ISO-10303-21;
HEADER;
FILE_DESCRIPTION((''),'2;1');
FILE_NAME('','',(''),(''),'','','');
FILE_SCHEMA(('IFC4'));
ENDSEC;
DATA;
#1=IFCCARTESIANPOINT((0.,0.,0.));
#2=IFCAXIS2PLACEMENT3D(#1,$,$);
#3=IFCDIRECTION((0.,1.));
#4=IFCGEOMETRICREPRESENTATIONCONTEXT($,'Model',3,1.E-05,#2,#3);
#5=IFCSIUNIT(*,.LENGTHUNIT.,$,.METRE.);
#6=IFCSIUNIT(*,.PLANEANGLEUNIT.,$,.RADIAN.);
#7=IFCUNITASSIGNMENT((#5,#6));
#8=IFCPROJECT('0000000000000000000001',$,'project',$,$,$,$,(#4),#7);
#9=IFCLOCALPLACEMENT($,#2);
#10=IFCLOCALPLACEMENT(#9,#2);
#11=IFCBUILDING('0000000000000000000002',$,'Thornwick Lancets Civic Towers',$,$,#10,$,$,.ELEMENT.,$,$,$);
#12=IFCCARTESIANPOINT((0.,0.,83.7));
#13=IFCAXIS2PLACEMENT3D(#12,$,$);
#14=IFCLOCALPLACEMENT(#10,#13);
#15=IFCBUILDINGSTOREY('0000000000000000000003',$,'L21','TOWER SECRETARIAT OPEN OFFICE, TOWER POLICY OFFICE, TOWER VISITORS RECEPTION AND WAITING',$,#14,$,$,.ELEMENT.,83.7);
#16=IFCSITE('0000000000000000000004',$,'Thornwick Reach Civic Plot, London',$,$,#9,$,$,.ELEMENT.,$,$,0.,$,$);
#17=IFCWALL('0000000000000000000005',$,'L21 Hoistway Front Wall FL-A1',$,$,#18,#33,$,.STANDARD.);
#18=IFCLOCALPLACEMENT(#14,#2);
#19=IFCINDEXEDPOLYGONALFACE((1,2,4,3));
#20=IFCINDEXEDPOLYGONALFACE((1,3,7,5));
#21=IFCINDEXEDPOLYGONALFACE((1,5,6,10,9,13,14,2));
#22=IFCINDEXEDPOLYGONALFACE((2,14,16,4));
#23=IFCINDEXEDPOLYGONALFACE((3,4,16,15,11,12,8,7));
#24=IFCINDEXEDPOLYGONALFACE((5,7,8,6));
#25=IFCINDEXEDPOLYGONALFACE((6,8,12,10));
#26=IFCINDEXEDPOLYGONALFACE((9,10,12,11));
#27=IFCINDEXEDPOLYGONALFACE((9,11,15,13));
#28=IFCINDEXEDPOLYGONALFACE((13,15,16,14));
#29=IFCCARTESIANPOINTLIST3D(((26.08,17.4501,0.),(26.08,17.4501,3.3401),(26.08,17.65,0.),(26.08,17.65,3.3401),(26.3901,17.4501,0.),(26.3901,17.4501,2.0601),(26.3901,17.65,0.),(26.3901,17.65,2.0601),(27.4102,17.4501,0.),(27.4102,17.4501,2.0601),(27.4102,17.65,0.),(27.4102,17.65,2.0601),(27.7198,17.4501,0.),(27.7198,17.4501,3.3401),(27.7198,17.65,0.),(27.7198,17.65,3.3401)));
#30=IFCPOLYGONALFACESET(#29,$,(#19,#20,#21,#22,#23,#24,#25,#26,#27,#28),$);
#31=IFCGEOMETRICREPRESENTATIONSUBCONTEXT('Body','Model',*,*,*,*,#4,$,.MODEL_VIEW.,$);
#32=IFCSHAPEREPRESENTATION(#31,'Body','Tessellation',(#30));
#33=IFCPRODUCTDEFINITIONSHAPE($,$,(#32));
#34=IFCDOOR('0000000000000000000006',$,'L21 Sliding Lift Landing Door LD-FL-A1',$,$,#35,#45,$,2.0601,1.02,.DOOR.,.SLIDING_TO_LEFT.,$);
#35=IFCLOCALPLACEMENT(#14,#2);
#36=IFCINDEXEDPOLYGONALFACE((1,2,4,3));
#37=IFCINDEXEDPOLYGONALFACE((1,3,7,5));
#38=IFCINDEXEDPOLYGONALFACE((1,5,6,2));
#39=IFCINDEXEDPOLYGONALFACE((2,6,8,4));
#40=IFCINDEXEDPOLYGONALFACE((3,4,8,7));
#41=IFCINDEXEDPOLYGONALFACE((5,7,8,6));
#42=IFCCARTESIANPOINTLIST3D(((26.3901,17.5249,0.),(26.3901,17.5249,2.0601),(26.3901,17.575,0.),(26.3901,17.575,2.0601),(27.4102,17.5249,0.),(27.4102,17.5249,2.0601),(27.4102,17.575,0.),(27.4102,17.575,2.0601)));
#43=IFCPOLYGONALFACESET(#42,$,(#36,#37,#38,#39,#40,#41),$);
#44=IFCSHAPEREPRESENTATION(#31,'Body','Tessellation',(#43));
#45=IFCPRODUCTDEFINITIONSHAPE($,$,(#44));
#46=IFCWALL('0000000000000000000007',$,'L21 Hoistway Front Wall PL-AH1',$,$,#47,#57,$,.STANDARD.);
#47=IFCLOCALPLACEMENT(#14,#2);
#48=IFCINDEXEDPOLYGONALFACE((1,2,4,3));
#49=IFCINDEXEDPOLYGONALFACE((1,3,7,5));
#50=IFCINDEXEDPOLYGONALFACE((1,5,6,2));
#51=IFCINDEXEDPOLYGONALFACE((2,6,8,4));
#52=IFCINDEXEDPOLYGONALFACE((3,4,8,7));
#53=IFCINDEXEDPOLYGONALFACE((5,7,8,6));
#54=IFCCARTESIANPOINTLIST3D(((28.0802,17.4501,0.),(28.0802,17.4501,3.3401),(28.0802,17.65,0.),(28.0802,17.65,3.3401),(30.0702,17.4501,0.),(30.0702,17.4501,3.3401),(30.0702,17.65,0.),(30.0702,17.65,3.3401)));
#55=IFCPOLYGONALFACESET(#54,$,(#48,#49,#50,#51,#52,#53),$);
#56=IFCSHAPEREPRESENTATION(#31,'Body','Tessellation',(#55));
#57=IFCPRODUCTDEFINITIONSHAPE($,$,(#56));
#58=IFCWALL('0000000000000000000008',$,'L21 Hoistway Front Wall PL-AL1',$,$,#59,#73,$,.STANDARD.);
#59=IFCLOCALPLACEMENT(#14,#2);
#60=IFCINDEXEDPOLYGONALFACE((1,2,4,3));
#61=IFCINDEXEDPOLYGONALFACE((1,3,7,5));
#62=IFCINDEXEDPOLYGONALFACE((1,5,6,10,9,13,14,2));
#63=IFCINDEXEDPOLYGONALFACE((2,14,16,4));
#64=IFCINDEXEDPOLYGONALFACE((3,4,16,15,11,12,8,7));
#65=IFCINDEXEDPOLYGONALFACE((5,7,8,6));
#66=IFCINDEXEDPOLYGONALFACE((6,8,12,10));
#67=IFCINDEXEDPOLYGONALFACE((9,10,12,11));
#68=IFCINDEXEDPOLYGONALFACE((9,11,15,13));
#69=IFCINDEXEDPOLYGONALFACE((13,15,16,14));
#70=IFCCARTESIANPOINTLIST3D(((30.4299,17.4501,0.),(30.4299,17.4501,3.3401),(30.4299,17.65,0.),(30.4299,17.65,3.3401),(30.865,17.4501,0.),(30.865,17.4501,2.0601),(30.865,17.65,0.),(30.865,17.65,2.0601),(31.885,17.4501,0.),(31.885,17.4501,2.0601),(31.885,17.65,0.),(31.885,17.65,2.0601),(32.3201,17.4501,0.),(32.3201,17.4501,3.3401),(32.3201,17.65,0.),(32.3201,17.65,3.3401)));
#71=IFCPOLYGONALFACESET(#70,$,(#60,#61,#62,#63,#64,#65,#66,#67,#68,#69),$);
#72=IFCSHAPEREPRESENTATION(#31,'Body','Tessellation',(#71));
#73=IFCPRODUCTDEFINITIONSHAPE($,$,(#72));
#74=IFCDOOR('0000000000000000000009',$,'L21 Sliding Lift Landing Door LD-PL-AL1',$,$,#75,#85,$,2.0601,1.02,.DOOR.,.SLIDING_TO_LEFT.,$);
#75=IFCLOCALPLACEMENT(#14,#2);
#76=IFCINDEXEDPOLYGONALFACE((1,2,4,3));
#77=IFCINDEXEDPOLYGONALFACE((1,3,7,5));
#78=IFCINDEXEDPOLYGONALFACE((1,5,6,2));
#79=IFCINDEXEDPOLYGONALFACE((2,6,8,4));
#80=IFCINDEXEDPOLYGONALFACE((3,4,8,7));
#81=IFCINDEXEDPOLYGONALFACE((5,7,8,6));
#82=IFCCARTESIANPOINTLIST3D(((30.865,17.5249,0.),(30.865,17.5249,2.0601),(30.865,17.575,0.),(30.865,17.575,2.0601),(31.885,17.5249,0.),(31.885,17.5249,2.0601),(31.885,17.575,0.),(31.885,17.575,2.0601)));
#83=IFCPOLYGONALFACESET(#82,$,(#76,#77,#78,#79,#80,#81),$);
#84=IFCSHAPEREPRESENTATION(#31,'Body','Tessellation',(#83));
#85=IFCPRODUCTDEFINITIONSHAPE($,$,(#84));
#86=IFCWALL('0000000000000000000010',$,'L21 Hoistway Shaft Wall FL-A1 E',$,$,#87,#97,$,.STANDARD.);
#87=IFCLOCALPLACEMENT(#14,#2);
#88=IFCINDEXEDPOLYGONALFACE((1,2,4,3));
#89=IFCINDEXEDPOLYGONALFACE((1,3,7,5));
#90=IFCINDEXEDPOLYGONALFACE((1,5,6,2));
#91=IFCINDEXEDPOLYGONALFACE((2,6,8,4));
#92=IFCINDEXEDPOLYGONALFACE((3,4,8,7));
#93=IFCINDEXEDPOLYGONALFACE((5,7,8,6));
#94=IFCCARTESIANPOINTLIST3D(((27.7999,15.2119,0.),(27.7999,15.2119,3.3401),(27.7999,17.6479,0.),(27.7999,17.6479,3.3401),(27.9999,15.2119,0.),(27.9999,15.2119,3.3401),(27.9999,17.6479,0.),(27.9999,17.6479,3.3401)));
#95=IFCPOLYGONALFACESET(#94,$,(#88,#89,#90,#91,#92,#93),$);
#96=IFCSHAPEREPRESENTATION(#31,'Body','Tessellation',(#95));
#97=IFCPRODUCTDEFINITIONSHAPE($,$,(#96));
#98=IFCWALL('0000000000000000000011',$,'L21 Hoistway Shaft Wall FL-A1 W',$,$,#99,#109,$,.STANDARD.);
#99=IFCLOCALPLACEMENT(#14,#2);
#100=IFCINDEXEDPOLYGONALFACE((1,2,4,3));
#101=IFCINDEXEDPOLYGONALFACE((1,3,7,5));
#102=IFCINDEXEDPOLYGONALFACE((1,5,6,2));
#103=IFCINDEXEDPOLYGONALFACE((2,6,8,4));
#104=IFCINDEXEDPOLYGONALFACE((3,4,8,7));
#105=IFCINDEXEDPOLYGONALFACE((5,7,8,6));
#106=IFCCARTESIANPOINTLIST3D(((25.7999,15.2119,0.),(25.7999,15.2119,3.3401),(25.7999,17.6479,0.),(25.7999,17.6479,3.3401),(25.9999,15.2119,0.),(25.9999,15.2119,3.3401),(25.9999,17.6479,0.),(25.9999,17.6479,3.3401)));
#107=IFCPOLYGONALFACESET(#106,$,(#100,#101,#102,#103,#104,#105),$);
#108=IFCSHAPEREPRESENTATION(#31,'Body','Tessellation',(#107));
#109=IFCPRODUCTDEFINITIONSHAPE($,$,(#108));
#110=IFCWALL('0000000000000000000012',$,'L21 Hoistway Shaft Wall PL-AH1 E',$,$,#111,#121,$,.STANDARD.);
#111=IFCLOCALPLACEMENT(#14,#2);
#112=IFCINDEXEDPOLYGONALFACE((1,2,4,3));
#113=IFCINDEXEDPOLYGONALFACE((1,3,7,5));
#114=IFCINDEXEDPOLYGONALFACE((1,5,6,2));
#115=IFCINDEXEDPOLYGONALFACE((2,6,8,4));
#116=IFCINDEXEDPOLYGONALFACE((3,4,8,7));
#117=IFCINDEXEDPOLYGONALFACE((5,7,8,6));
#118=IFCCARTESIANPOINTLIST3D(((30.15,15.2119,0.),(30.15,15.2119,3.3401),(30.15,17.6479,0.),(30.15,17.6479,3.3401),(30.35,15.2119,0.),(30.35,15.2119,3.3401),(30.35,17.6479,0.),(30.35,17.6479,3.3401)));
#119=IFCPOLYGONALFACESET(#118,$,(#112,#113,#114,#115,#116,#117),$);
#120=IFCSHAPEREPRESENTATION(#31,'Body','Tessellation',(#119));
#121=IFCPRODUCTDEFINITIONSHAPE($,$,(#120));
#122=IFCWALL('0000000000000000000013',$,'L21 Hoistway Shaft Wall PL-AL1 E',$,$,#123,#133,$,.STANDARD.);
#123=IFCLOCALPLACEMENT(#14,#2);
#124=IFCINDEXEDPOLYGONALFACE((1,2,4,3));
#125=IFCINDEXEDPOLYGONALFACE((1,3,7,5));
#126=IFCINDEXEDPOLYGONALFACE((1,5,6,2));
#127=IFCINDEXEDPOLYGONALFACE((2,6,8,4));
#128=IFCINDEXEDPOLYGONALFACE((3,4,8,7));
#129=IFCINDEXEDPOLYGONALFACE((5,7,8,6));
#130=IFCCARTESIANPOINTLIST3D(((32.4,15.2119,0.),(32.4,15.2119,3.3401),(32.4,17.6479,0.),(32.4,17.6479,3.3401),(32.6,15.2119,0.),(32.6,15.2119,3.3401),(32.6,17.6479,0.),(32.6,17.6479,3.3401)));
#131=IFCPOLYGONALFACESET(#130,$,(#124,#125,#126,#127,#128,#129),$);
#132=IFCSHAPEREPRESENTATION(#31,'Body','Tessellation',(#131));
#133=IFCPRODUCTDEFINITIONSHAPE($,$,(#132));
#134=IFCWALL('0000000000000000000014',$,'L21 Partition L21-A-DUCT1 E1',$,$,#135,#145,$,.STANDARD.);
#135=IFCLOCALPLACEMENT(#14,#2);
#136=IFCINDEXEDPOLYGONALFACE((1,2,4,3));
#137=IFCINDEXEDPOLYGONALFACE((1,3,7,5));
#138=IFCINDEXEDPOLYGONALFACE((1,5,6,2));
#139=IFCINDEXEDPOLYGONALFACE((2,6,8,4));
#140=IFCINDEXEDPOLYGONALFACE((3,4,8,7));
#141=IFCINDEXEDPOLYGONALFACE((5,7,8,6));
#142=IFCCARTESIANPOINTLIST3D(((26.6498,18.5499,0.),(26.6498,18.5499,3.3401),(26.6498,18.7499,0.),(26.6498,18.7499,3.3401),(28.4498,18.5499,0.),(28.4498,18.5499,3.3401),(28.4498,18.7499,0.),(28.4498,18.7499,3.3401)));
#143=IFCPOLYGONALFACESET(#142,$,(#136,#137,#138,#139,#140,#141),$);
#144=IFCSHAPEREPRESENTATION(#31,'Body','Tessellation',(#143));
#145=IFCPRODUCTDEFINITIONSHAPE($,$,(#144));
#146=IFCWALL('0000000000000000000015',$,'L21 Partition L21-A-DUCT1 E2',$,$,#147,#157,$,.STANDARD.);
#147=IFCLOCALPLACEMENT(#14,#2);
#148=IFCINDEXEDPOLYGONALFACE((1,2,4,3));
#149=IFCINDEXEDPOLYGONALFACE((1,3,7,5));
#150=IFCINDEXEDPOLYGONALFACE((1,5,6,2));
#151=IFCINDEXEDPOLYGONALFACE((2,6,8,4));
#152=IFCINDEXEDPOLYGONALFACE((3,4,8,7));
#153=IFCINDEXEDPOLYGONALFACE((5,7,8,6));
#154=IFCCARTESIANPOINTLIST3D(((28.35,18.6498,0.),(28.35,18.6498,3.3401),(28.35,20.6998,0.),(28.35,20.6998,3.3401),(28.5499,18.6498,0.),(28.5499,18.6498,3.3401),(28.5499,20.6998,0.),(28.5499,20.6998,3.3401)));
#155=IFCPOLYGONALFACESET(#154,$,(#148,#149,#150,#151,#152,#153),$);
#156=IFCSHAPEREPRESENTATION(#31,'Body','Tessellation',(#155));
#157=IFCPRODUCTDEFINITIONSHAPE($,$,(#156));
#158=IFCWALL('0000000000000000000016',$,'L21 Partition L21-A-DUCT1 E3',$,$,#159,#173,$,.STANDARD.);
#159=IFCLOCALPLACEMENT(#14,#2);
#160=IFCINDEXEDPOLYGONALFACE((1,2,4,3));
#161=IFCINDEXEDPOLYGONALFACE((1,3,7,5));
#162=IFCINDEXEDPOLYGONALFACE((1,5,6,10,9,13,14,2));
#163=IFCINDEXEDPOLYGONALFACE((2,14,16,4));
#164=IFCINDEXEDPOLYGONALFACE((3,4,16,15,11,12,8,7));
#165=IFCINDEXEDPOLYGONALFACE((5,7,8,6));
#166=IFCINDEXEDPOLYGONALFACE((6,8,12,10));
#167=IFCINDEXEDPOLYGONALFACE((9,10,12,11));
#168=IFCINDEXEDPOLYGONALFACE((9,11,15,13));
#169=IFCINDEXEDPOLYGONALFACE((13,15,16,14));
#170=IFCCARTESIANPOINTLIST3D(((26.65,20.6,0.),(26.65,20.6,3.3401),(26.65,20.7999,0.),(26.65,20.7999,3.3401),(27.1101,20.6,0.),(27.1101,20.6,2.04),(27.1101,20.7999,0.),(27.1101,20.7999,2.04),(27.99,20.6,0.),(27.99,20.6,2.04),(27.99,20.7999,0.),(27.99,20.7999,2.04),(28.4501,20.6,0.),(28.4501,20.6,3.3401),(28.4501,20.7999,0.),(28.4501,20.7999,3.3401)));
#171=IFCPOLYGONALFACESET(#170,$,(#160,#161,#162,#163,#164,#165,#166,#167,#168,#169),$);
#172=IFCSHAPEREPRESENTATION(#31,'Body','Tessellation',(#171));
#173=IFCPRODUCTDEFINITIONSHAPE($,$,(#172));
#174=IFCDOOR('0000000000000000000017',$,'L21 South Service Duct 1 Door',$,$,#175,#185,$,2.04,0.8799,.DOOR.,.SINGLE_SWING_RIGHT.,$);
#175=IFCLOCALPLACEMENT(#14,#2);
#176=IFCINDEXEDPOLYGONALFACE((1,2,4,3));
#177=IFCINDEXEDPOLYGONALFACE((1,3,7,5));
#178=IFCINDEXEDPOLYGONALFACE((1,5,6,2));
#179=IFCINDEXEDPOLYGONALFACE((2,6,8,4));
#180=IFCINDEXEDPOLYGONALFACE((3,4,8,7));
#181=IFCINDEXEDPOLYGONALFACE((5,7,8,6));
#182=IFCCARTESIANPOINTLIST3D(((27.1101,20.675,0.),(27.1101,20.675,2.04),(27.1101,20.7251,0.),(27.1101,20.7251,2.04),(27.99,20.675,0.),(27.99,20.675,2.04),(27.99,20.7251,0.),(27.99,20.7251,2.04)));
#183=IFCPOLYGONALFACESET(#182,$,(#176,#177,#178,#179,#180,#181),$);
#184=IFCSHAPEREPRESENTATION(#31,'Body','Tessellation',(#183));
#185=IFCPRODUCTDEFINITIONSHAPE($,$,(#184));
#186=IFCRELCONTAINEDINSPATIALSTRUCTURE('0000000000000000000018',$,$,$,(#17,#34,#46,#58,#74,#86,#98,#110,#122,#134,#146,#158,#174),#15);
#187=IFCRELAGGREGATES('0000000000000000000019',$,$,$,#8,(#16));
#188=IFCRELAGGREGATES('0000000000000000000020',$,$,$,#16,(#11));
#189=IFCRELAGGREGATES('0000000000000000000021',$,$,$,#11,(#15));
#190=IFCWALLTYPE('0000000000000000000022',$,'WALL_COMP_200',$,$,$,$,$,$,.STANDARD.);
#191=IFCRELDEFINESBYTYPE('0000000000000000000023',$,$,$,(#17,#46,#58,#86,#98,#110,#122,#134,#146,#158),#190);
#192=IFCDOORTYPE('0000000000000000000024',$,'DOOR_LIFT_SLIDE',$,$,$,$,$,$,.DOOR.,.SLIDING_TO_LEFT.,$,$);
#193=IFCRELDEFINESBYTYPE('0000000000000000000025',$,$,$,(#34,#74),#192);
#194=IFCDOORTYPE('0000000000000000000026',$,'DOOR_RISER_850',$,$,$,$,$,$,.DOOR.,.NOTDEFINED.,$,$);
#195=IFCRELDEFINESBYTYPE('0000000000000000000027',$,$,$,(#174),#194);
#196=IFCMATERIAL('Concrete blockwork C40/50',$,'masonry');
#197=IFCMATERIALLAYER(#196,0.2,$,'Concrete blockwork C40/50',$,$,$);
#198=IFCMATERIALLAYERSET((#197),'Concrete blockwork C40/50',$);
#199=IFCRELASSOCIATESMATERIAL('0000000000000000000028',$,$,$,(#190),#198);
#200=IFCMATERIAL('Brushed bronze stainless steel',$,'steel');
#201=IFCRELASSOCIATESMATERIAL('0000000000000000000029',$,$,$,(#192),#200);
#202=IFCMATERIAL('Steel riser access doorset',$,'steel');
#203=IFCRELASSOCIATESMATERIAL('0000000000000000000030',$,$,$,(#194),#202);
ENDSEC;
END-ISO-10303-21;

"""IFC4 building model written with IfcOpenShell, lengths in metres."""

from ifc_helpers import new_model, si_unit, direction, frame, frame_2d, origin, place, context, subcontext, project, spatial, rectangle, extrude, material, layer, layer_set, type_object, element, fill, save


model = new_model("IFC4")

# Units and contexts
model_context = context("Model", 3, precision=1e-05, world=origin(), true_north=direction((0.0, 1.0)))
body_context = subcontext(model_context, "Body", "Model", "MODEL_VIEW")
ifc_project = project(units=[si_unit("LENGTHUNIT", "METRE"), si_unit("PLANEANGLEUNIT", "RADIAN")], contexts=[model_context])

# Site, building, storey
site_placement = place(None, origin())
site = spatial("IfcSite", under=ifc_project, at=site_placement, Name="Thornwick Reach Civic Plot, London", CompositionType="ELEMENT", RefElevation=0.0)
building_placement = place(site_placement, origin())
building = spatial("IfcBuilding", under=site, at=building_placement, Name="Thornwick Lancets Civic Towers", CompositionType="ELEMENT")
storey_placement = place(building_placement, frame((0.0, 0.0, 83.7)))
storey = spatial("IfcBuildingStorey", under=building, at=storey_placement, Name="L21", Description="TOWER SECRETARIAT OPEN OFFICE, TOWER POLICY OFFICE, TOWER VISITORS RECEPTION AND WAITING", CompositionType="ELEMENT", Elevation=83.7)

# Wall, opening, door
ifc_material_1 = material(Name="Concrete blockwork C40/50", Category="masonry")
ifc_layer_1 = layer(ifc_material_1, 0.2, Name="Concrete blockwork C40/50")
ifc_layer_set_1 = layer_set([ifc_layer_1], Name="Concrete blockwork C40/50")
wall_type_1 = type_object("IfcWallType", Name="WALL_COMP_200", PredefinedType="STANDARD", material=ifc_layer_set_1)
wall_1_placement = place(storey_placement, frame((26.0801, 17.55, 0.0), z_axis=(0.0, 0.0, 1.0), x_axis=(1.0, 0.0, 0.0)))
wall_1 = element("IfcWall", 1, at=wall_1_placement, inside=storey, type_object=wall_type_1, Name="L21 Hoistway Front Wall FL-A1", PredefinedType="STANDARD", context=body_context, shape_type="SweptSolid", body=[
    extrude(rectangle(XDim=1.6399, YDim=0.2, at=frame_2d((0.8198, 0.0))), origin(), (0.0, 0.0, 1.0), 3.3401),
])
opening_1_placement = place(wall_1_placement, frame((0.3101, 0.0, 0.0)))
opening_1 = element("IfcOpeningElement", 2, at=opening_1_placement, cuts=wall_1, PredefinedType="OPENING", context=body_context, shape_type="SweptSolid", body=[
    extrude(rectangle(XDim=1.02, YDim=2.0601, at=frame_2d((0.51, 1.03))), frame((0.0, 0.1099, 0.0), z_axis=(0.0, -1.0, 0.0), x_axis=(1.0, 0.0, 0.0)), (0.0, 0.0, 1.0), 0.22),
])
ifc_material_2 = material(Name="Brushed bronze stainless steel", Category="steel")
door_type_1 = type_object("IfcDoorType", Name="DOOR_LIFT_SLIDE", OperationType="SLIDING_TO_LEFT", PredefinedType="DOOR", material=ifc_material_2)
door_1_placement = place(opening_1_placement, origin())
door_1 = element("IfcDoor", 3, at=door_1_placement, inside=storey, type_object=door_type_1, Name="L21 Sliding Lift Landing Door LD-FL-A1", OperationType="SLIDING_TO_LEFT", OverallHeight=2.0601, OverallWidth=1.02, PredefinedType="DOOR", context=body_context, shape_type="SweptSolid", body=[
    extrude(rectangle(XDim=1.02, YDim=2.0601, at=frame_2d((0.51, 1.03))), frame((0.0, 0.0249, 0.0), z_axis=(0.0, -1.0, 0.0), x_axis=(1.0, 0.0, 0.0)), (0.0, 0.0, 1.0), 0.05),
])
fill(opening_1, door_1)

# Wall
wall_2_placement = place(storey_placement, frame((28.0801, 17.55, 0.0), z_axis=(0.0, 0.0, 1.0), x_axis=(1.0, 0.0, 0.0)))
element("IfcWall", 4, at=wall_2_placement, inside=storey, type_object=wall_type_1, Name="L21 Hoistway Front Wall PL-AH1", PredefinedType="STANDARD", context=body_context, shape_type="SweptSolid", body=[
    extrude(rectangle(XDim=1.99, YDim=0.2, at=frame_2d((0.9951, 0.0))), origin(), (0.0, 0.0, 1.0), 3.3401),
])

# Wall, opening, door
wall_3_placement = place(storey_placement, frame((30.4299, 17.55, 0.0), z_axis=(0.0, 0.0, 1.0), x_axis=(1.0, 0.0, 0.0)))
wall_3 = element("IfcWall", 5, at=wall_3_placement, inside=storey, type_object=wall_type_1, Name="L21 Hoistway Front Wall PL-AL1", PredefinedType="STANDARD", context=body_context, shape_type="SweptSolid", body=[
    extrude(rectangle(XDim=1.8901, YDim=0.2, at=frame_2d((0.9451, 0.0))), origin(), (0.0, 0.0, 1.0), 3.3401),
])
opening_2_placement = place(wall_3_placement, frame((0.4351, 0.0, 0.0)))
opening_2 = element("IfcOpeningElement", 6, at=opening_2_placement, cuts=wall_3, PredefinedType="OPENING", context=body_context, shape_type="SweptSolid", body=[
    extrude(rectangle(XDim=1.02, YDim=2.0601, at=frame_2d((0.51, 1.03))), frame((0.0, 0.1099, 0.0), z_axis=(0.0, -1.0, 0.0), x_axis=(1.0, 0.0, 0.0)), (0.0, 0.0, 1.0), 0.22),
])
door_2_placement = place(opening_2_placement, origin())
door_2 = element("IfcDoor", 7, at=door_2_placement, inside=storey, type_object=door_type_1, Name="L21 Sliding Lift Landing Door LD-PL-AL1", OperationType="SLIDING_TO_LEFT", OverallHeight=2.0601, OverallWidth=1.02, PredefinedType="DOOR", context=body_context, shape_type="SweptSolid", body=[
    extrude(rectangle(XDim=1.02, YDim=2.0601, at=frame_2d((0.51, 1.03))), frame((0.0, 0.0249, 0.0), z_axis=(0.0, -1.0, 0.0), x_axis=(1.0, 0.0, 0.0)), (0.0, 0.0, 1.0), 0.05),
])
fill(opening_2, door_2)

# Walls
for number, where, z_axis, x_axis, name in (
    (8, (27.8999, 15.2119, 0.0), (0.0, 0.0, 1.0), (0.0, 1.0, 0.0), "L21 Hoistway Shaft Wall FL-A1 E"),
    (9, (25.8999, 15.2119, 0.0), (0.0, 0.0, 1.0), (0.0, 1.0, 0.0), "L21 Hoistway Shaft Wall FL-A1 W"),
    (10, (30.25, 15.2119, 0.0), (0.0, 0.0, 1.0), (0.0, 1.0, 0.0), "L21 Hoistway Shaft Wall PL-AH1 E"),
    (11, (32.5, 15.2119, 0.0), (0.0, 0.0, 1.0), (0.0, 1.0, 0.0), "L21 Hoistway Shaft Wall PL-AL1 E"),
):
    element("IfcWall", number, at=place(storey_placement, frame(where, z_axis=z_axis, x_axis=x_axis)), inside=storey, type_object=wall_type_1, Name=name, PredefinedType="STANDARD", context=body_context, shape_type="SweptSolid", body=[
        extrude(rectangle(XDim=2.436, YDim=0.2, at=frame_2d((1.218, 0.0))), origin(), (0.0, 0.0, 1.0), 3.3401),
    ])
wall_4_placement = place(storey_placement, frame((26.6499, 18.6499, 0.0), z_axis=(0.0, 0.0, 1.0), x_axis=(1.0, 0.0, 0.0)))
element("IfcWall", 12, at=wall_4_placement, inside=storey, type_object=wall_type_1, Name="L21 Partition L21-A-DUCT1 E1", PredefinedType="STANDARD", context=body_context, shape_type="SweptSolid", body=[
    extrude(rectangle(XDim=1.8, YDim=0.2, at=frame_2d((0.8999, 0.0))), origin(), (0.0, 0.0, 1.0), 3.3401),
])
wall_5_placement = place(storey_placement, frame((28.45, 18.6499, 0.0), z_axis=(0.0, 0.0, 1.0), x_axis=(0.0, 1.0, 0.0)))
element("IfcWall", 13, at=wall_5_placement, inside=storey, type_object=wall_type_1, Name="L21 Partition L21-A-DUCT1 E2", PredefinedType="STANDARD", context=body_context, shape_type="SweptSolid", body=[
    extrude(rectangle(XDim=2.05, YDim=0.2, at=frame_2d((1.0249, 0.0))), origin(), (0.0, 0.0, 1.0), 3.3401),
])

# Wall, opening, door
wall_6_placement = place(storey_placement, frame((28.45, 20.7, 0.0), z_axis=(0.0, 0.0, 1.0), x_axis=(-1.0, 0.0, 0.0)))
wall_6 = element("IfcWall", 14, at=wall_6_placement, inside=storey, type_object=wall_type_1, Name="L21 Partition L21-A-DUCT1 E3", PredefinedType="STANDARD", context=body_context, shape_type="SweptSolid", body=[
    extrude(rectangle(XDim=1.8, YDim=0.2, at=frame_2d((0.8999, 0.0))), origin(), (0.0, 0.0, 1.0), 3.3401),
])
opening_3_placement = place(wall_6_placement, frame((0.46, 0.0, 0.0)))
opening_3 = element("IfcOpeningElement", 15, at=opening_3_placement, cuts=wall_6, PredefinedType="OPENING", context=body_context, shape_type="SweptSolid", body=[
    extrude(rectangle(XDim=0.8799, YDim=2.04, at=frame_2d((0.4399, 1.02))), frame((0.0, 0.1099, 0.0), z_axis=(0.0, -1.0, 0.0), x_axis=(1.0, 0.0, 0.0)), (0.0, 0.0, 1.0), 0.22),
])
ifc_material_3 = material(Name="Steel riser access doorset", Category="steel")
door_type_2 = type_object("IfcDoorType", Name="DOOR_RISER_850", OperationType="NOTDEFINED", PredefinedType="DOOR", material=ifc_material_3)
door_3_placement = place(opening_3_placement, origin())
door_3 = element("IfcDoor", 16, at=door_3_placement, inside=storey, type_object=door_type_2, Name="L21 South Service Duct 1 Door", OperationType="SINGLE_SWING_RIGHT", OverallHeight=2.04, OverallWidth=0.8799, PredefinedType="DOOR", context=body_context, shape_type="SweptSolid", body=[
    extrude(rectangle(XDim=0.8799, YDim=2.04, at=frame_2d((0.4399, 1.02))), frame((0.0, 0.0249, 0.0), z_axis=(0.0, -1.0, 0.0), x_axis=(1.0, 0.0, 0.0)), (0.0, 0.0, 1.0), 0.05),
])
fill(opening_3, door_3)

save(model, "model.ifc")
